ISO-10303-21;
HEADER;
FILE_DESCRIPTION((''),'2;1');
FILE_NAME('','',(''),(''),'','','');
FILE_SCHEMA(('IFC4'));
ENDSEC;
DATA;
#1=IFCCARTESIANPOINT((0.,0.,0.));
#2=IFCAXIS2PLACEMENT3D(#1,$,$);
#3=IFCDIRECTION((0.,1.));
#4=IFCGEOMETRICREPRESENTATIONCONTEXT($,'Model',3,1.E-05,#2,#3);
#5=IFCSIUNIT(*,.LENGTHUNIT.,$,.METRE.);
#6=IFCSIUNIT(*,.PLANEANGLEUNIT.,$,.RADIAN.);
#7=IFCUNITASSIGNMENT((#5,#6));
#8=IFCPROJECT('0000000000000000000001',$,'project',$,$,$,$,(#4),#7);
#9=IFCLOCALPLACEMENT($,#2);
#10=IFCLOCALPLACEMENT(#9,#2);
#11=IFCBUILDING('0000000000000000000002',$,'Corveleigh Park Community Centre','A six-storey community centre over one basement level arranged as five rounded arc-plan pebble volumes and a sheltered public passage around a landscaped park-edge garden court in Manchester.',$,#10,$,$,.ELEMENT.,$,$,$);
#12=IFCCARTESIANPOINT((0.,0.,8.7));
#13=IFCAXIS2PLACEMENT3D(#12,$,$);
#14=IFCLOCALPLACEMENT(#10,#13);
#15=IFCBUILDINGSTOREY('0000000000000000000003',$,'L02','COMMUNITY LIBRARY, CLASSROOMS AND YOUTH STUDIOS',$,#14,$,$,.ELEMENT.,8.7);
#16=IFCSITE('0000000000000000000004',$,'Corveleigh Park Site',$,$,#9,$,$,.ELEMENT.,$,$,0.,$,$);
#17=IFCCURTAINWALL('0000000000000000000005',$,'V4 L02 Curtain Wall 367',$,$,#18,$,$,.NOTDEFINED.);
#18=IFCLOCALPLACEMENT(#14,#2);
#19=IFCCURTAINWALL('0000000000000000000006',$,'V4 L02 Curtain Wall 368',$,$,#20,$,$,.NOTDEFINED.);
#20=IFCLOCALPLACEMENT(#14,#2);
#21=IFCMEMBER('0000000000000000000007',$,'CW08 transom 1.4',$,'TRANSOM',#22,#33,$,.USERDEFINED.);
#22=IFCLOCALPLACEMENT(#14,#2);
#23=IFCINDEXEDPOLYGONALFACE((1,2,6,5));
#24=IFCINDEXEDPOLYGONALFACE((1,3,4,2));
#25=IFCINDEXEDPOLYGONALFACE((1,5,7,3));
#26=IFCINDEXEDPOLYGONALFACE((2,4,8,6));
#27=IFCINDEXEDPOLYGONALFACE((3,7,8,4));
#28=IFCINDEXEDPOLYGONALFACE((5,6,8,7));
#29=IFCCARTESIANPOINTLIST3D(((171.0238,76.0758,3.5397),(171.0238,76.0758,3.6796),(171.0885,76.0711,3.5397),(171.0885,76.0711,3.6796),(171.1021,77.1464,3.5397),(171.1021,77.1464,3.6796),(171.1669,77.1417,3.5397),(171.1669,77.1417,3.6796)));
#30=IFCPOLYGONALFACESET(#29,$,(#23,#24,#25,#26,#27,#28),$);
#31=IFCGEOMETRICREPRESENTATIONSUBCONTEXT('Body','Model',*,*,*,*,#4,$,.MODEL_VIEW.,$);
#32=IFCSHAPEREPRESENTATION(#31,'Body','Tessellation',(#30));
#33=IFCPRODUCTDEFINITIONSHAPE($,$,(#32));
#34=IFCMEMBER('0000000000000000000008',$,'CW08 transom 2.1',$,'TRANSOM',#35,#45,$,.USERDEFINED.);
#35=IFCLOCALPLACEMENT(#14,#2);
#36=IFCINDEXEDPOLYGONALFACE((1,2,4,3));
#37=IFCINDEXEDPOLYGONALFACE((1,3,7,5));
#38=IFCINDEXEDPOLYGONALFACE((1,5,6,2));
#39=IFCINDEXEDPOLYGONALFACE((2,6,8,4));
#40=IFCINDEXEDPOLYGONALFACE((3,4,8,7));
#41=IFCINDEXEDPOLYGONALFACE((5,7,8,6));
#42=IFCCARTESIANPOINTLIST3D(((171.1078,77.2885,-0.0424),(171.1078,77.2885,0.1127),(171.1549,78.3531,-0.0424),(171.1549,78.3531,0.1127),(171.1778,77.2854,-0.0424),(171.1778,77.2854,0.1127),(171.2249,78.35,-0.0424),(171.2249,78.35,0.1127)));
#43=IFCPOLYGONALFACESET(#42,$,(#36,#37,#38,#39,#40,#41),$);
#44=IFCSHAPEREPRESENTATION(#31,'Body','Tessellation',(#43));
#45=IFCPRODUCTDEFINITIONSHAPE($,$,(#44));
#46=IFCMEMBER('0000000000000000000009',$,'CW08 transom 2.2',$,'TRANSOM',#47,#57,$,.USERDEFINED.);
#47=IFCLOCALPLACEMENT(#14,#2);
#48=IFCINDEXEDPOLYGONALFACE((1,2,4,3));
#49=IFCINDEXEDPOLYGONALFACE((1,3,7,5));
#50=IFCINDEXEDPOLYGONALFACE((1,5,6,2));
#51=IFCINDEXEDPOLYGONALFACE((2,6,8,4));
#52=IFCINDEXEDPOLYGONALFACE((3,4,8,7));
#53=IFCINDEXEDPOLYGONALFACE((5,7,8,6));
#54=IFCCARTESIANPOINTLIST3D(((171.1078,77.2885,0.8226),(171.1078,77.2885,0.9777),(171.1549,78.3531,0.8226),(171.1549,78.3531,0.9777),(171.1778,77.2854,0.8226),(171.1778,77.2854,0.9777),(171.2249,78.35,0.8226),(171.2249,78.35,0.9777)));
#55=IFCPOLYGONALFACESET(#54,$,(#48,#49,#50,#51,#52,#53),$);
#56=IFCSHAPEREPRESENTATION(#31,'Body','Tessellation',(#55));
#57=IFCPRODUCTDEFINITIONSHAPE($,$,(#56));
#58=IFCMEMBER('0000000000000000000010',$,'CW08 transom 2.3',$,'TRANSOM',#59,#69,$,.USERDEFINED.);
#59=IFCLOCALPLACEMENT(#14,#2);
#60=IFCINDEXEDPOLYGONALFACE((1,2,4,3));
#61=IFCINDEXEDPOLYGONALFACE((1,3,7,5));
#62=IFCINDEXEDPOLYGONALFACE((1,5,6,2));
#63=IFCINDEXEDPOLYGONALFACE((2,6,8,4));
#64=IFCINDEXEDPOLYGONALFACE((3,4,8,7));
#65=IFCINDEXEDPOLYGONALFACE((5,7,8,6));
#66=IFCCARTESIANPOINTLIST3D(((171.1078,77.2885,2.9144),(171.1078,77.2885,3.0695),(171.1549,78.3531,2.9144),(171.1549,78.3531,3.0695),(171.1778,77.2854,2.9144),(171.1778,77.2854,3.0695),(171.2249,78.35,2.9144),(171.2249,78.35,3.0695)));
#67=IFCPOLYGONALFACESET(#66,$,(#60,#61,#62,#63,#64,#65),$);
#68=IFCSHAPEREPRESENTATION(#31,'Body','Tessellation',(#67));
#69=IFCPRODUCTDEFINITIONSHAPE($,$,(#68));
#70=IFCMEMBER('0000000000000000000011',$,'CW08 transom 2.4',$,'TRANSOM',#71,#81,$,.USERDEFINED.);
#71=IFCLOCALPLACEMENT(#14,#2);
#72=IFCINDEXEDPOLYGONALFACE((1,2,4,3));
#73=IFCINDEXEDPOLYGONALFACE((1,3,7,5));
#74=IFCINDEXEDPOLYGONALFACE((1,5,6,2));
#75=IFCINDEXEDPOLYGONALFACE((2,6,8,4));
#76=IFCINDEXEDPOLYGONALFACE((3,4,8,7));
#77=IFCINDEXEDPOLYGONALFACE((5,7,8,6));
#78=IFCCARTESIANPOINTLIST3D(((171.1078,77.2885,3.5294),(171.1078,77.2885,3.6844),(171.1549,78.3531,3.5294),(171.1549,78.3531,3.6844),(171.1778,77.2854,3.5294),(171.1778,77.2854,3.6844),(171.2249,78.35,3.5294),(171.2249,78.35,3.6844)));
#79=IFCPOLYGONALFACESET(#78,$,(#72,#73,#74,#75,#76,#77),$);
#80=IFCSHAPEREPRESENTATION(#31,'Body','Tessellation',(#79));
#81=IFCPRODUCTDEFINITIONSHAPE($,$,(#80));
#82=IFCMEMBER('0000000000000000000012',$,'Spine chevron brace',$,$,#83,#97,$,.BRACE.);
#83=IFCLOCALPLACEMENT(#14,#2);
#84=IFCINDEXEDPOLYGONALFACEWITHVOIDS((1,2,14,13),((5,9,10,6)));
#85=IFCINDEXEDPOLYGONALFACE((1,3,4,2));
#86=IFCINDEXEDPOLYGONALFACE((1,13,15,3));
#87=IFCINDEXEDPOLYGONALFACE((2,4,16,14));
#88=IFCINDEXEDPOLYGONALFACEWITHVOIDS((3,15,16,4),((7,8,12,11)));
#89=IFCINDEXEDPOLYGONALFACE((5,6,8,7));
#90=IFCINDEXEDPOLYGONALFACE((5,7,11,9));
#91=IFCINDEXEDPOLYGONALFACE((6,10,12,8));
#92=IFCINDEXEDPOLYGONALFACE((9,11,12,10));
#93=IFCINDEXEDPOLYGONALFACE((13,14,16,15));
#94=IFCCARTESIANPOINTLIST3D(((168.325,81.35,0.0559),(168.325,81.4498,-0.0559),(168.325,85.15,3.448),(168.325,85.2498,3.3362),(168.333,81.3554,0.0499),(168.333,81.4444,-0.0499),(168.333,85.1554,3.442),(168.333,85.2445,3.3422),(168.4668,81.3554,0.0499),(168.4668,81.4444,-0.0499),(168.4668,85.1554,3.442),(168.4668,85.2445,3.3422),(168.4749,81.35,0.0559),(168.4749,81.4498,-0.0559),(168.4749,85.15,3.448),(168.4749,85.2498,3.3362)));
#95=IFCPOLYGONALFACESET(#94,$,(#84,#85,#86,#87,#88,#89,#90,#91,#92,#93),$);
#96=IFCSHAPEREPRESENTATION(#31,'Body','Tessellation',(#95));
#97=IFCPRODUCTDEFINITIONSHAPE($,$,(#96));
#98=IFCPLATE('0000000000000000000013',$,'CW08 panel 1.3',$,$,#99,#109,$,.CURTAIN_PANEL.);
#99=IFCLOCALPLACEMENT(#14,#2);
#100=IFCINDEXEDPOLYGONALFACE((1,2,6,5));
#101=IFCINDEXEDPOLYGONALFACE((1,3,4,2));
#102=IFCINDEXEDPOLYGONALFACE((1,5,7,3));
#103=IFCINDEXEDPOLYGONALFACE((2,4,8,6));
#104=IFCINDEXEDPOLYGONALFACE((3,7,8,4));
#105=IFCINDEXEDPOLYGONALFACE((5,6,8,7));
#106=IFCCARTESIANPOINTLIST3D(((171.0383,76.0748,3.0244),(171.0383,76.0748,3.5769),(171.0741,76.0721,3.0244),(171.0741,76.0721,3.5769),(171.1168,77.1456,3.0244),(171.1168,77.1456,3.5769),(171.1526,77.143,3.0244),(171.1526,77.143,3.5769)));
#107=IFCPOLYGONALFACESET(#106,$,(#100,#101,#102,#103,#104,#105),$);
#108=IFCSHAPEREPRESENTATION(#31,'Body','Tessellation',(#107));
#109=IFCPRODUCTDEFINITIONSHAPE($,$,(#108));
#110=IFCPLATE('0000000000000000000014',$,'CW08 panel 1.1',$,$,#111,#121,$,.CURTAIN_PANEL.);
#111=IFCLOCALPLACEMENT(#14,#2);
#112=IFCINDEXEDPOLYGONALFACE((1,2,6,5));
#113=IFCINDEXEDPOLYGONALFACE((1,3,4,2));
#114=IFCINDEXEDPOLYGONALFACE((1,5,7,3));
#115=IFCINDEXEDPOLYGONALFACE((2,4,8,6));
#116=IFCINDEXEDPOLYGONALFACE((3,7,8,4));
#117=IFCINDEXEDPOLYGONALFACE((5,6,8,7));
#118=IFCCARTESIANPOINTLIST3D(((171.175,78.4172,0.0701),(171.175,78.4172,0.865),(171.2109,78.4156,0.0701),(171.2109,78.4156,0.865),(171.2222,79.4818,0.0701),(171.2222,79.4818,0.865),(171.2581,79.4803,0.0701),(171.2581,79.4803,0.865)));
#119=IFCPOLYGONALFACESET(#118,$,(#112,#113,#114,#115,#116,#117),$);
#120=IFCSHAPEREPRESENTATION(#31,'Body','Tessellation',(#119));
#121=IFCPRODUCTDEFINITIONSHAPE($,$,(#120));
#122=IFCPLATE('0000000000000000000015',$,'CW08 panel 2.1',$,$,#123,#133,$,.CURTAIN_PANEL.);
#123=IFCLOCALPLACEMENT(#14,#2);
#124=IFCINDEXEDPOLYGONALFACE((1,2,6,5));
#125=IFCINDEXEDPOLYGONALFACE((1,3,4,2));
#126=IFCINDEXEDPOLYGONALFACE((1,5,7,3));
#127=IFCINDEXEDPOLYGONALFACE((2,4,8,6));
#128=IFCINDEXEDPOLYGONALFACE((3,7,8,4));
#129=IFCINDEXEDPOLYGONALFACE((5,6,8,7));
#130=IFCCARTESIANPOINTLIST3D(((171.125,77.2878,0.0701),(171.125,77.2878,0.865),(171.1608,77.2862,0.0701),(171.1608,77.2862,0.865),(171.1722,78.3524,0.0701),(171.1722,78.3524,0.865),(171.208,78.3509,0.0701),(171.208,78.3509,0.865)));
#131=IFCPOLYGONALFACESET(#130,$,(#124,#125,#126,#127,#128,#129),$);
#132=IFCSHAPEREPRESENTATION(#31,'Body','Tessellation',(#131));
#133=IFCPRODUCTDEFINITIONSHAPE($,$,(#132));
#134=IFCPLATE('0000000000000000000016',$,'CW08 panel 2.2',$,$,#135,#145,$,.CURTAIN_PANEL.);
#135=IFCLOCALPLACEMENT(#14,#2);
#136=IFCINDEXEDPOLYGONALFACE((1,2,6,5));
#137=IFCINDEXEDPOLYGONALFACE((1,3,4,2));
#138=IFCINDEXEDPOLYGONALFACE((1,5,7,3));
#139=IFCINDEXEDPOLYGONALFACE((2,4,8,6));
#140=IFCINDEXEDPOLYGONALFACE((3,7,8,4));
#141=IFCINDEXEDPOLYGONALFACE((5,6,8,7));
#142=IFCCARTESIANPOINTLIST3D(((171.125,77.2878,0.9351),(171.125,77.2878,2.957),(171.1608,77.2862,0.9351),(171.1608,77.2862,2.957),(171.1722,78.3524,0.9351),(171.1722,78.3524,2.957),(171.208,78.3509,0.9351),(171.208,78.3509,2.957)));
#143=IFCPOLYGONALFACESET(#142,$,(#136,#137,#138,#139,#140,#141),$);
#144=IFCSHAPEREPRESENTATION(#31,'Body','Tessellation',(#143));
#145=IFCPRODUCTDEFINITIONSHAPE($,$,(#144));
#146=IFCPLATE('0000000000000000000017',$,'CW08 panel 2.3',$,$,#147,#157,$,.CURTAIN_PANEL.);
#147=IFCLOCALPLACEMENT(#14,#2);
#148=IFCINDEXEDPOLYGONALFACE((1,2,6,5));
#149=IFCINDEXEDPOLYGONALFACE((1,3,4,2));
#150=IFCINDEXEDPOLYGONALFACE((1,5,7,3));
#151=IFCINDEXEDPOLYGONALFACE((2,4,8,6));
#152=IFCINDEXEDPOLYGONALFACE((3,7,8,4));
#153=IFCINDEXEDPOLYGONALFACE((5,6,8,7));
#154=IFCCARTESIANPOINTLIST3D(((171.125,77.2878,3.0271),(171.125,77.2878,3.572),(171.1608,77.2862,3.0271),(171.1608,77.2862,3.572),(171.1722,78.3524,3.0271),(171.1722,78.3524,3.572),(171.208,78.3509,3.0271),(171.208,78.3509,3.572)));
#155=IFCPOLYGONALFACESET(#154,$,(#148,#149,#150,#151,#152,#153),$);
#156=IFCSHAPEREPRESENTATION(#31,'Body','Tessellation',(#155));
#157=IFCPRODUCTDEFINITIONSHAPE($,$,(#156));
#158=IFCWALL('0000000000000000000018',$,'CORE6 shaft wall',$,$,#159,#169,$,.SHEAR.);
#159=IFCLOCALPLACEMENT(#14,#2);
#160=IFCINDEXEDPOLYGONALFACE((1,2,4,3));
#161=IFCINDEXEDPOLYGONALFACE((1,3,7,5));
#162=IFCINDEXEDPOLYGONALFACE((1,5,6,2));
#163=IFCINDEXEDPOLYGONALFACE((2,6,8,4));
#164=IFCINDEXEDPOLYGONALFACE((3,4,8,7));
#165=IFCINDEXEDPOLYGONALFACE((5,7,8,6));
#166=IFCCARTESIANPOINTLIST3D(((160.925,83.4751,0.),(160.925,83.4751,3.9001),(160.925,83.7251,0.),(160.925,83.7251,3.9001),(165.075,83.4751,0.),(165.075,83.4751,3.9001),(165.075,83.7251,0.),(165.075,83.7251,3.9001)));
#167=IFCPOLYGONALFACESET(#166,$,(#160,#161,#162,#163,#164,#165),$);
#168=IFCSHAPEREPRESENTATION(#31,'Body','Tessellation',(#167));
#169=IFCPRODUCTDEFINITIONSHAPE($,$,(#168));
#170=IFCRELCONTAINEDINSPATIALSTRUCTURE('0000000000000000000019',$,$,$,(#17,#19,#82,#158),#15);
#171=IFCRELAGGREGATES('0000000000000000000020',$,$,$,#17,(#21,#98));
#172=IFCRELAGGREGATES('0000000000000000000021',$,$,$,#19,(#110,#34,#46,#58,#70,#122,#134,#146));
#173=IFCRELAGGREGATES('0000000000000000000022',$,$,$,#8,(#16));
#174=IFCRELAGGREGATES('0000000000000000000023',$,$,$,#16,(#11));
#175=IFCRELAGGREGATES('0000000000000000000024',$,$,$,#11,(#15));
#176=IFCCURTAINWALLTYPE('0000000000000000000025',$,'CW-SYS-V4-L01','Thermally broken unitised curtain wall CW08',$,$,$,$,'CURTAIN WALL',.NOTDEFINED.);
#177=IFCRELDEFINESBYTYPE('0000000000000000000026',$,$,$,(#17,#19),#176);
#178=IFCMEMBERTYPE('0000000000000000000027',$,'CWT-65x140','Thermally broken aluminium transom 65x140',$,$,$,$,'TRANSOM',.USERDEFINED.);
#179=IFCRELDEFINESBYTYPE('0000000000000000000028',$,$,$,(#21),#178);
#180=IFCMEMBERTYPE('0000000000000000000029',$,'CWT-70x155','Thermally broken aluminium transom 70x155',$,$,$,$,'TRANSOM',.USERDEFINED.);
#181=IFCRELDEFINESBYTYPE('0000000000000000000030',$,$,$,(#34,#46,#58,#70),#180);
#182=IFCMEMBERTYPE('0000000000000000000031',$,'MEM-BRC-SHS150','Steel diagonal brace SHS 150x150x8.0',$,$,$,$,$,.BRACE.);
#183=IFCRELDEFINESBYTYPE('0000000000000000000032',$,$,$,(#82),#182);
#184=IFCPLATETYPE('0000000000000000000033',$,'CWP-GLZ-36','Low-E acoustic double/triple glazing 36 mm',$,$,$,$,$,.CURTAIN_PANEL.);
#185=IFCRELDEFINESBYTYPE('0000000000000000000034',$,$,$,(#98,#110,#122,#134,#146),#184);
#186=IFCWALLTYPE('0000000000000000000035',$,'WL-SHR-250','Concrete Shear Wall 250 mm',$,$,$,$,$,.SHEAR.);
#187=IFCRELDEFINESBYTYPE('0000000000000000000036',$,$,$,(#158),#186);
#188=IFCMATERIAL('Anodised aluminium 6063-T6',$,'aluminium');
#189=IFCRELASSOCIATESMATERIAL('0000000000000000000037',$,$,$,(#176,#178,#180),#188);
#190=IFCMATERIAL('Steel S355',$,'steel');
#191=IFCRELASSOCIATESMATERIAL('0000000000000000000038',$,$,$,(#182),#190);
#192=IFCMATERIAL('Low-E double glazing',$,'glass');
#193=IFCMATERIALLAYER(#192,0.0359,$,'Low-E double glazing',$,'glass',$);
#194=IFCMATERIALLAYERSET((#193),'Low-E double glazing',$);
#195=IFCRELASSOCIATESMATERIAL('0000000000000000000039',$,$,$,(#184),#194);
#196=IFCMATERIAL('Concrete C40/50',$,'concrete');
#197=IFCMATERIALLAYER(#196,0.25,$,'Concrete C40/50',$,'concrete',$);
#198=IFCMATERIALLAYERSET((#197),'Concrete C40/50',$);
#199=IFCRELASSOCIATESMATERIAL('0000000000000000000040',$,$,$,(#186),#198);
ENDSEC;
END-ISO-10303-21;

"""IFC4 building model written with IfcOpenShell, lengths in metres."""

from ifc_helpers import new_model, si_unit, direction, frame, frame_2d, origin, origin_2d, place, context, subcontext, project, spatial, rectangle, hollow_rectangle, extrude, material, layer, layer_set, material_profile, profile_set, type_object, element, aggregate, save


model = new_model("IFC4")

# Units and contexts
model_context = context("Model", 3, precision=1e-05, world=origin(), true_north=direction((0.0, 1.0)))
body_context = subcontext(model_context, "Body", "Model", "MODEL_VIEW")
ifc_project = project(units=[si_unit("LENGTHUNIT", "METRE"), si_unit("PLANEANGLEUNIT", "RADIAN")], contexts=[model_context])

# Site, building, storey
site_placement = place(None, origin())
site = spatial("IfcSite", under=ifc_project, at=site_placement, Name="Corveleigh Park Site", CompositionType="ELEMENT", RefElevation=0.0)
building_placement = place(site_placement, origin())
building = spatial("IfcBuilding", under=site, at=building_placement, Name="Corveleigh Park Community Centre", Description="A six-storey community centre over one basement level arranged as five rounded arc-plan pebble volumes and a sheltered public passage around a landscaped park-edge garden court in Manchester.", CompositionType="ELEMENT")
storey_placement = place(building_placement, frame((0.0, 0.0, 8.7)))
storey = spatial("IfcBuildingStorey", under=building, at=storey_placement, Name="L02", Description="COMMUNITY LIBRARY, CLASSROOMS AND YOUTH STUDIOS", CompositionType="ELEMENT", Elevation=8.7)

# Shared definitions
ifc_material_1 = material(Name="Concrete C40/50", Category="concrete")
ifc_material_2 = material(Name="Steel S355", Category="steel")

# Curtain wall
ifc_material_3 = material(Name="Anodised aluminium 6063-T6", Category="aluminium")
curtain_wall_type = type_object("IfcCurtainWallType", Name="CW-SYS-V4-L01", Description="Thermally broken unitised curtain wall CW08", ElementType="CURTAIN WALL", PredefinedType="NOTDEFINED", material=ifc_material_3)
curtain_wall_1_placement = place(storey_placement, origin())
curtain_wall_1 = element("IfcCurtainWall", 1, at=curtain_wall_1_placement, inside=storey, type_object=curtain_wall_type, Name="V4 L02 Curtain Wall 367", PredefinedType="NOTDEFINED")

# Curtain wall
curtain_wall_2_placement = place(storey_placement, origin())
curtain_wall_2 = element("IfcCurtainWall", 2, at=curtain_wall_2_placement, inside=storey, type_object=curtain_wall_type, Name="V4 L02 Curtain Wall 368", PredefinedType="NOTDEFINED")

# Members
ifc_material_profile_1 = material_profile(ifc_material_3, rectangle(XDim=0.0649, YDim=0.1399, at=origin_2d()), Name="ALU-T65x140", Category="aluminium")
ifc_profile_set_1 = profile_set([ifc_material_profile_1], Name="Anodised aluminium 6063-T6")
member_type_1 = type_object("IfcMemberType", Name="CWT-65x140", Description="Thermally broken aluminium transom 65x140", ElementType="TRANSOM", PredefinedType="USERDEFINED", material=ifc_profile_set_1)
member_1_placement = place(storey_placement, frame((171.1345, 77.144, 3.6096), z_axis=(-0.073009, -0.997331, 0.0), x_axis=(0.997331, -0.073009, 0.0)))
member_1 = element("IfcMember", 3, at=member_1_placement, type_object=member_type_1, Name="CW08 transom 1.4", ObjectType="TRANSOM", PredefinedType="USERDEFINED", context=body_context, shape_type="SweptSolid", body=[
    extrude(rectangle(XDim=0.0649, YDim=0.1399, at=origin_2d()), origin(), (0.0, 0.0, 1.0), 1.0735),
])
ifc_material_profile_2 = material_profile(ifc_material_3, rectangle(XDim=0.0701, YDim=0.155, at=origin_2d()), Name="ALU-T70x155", Category="aluminium")
ifc_profile_set_2 = profile_set([ifc_material_profile_2], Name="Anodised aluminium 6063-T6")
member_type_2 = type_object("IfcMemberType", Name="CWT-70x155", Description="Thermally broken aluminium transom 70x155", ElementType="TRANSOM", PredefinedType="USERDEFINED", material=ifc_profile_set_2)
member_2_placement = place(storey_placement, frame((171.1899, 78.3516, 0.0352), z_axis=(-0.044213, -0.999022, 0.0), x_axis=(0.999022, -0.044213, 0.0)))
member_2 = element("IfcMember", 4, at=member_2_placement, type_object=member_type_2, Name="CW08 transom 2.1", ObjectType="TRANSOM", PredefinedType="USERDEFINED", context=body_context, shape_type="SweptSolid", body=[
    extrude(rectangle(XDim=0.0701, YDim=0.155, at=origin_2d()), origin(), (0.0, 0.0, 1.0), 1.0657),
])
member_3_placement = place(storey_placement, frame((171.1899, 78.3516, 0.9001), z_axis=(-0.044213, -0.999022, 0.0), x_axis=(0.999022, -0.044213, 0.0)))
member_3 = element("IfcMember", 5, at=member_3_placement, type_object=member_type_2, Name="CW08 transom 2.2", ObjectType="TRANSOM", PredefinedType="USERDEFINED", context=body_context, shape_type="SweptSolid", body=[
    extrude(rectangle(XDim=0.0701, YDim=0.155, at=origin_2d()), origin(), (0.0, 0.0, 1.0), 1.0657),
])
member_4_placement = place(storey_placement, frame((171.1899, 78.3516, 2.9919), z_axis=(-0.044213, -0.999022, 0.0), x_axis=(0.999022, -0.044213, 0.0)))
member_4 = element("IfcMember", 6, at=member_4_placement, type_object=member_type_2, Name="CW08 transom 2.3", ObjectType="TRANSOM", PredefinedType="USERDEFINED", context=body_context, shape_type="SweptSolid", body=[
    extrude(rectangle(XDim=0.0701, YDim=0.155, at=origin_2d()), origin(), (0.0, 0.0, 1.0), 1.0657),
])
member_5_placement = place(storey_placement, frame((171.1899, 78.3516, 3.6069), z_axis=(-0.044213, -0.999022, 0.0), x_axis=(0.999022, -0.044213, 0.0)))
member_5 = element("IfcMember", 7, at=member_5_placement, type_object=member_type_2, Name="CW08 transom 2.4", ObjectType="TRANSOM", PredefinedType="USERDEFINED", context=body_context, shape_type="SweptSolid", body=[
    extrude(rectangle(XDim=0.0701, YDim=0.155, at=origin_2d()), origin(), (0.0, 0.0, 1.0), 1.0657),
])
ifc_material_profile_3 = material_profile(ifc_material_2, hollow_rectangle(XDim=0.1499, YDim=0.1499, WallThickness=0.0081, at=origin_2d()), Name="SHS 150x150x8.0", Category="steel")
ifc_profile_set_3 = profile_set([ifc_material_profile_3], Name="Steel S355")
member_type_3 = type_object("IfcMemberType", Name="MEM-BRC-SHS150", Description="Steel diagonal brace SHS 150x150x8.0", PredefinedType="BRACE", material=ifc_profile_set_3)
member_6_placement = place(storey_placement, frame((168.3999, 81.3999, 0.0), z_axis=(0.0, 0.746017, 0.665927), x_axis=(-1.0, 0.0, 0.0)))
element("IfcMember", 8, at=member_6_placement, inside=storey, type_object=member_type_3, Name="Spine chevron brace", PredefinedType="BRACE", context=body_context, shape_type="SweptSolid", body=[
    extrude(hollow_rectangle(XDim=0.1499, YDim=0.1499, WallThickness=0.0081, at=origin_2d()), origin(), (0.0, 0.0, 1.0), 5.0938),
])

# Plates
ifc_material_4 = material(Name="Low-E double glazing", Category="glass")
ifc_layer_1 = layer(ifc_material_4, 0.0359, Name="Low-E double glazing", Category="glass")
ifc_layer_set_1 = layer_set([ifc_layer_1], Name="Low-E double glazing")
plate_type = type_object("IfcPlateType", Name="CWP-GLZ-36", Description="Low-E acoustic double/triple glazing 36 mm", PredefinedType="CURTAIN_PANEL", material=ifc_layer_set_1)
plate_1_placement = place(storey_placement, frame((171.0955, 76.6089, 3.0244), z_axis=(0.0, 0.0, 1.0), x_axis=(-0.073049, -0.997328, 0.0)))
plate_1 = element("IfcPlate", 9, at=plate_1_placement, type_object=plate_type, Name="CW08 panel 1.3", PredefinedType="CURTAIN_PANEL", context=body_context, shape_type="SweptSolid", body=[
    extrude(rectangle(XDim=1.0737, YDim=0.0359, at=origin_2d()), origin(), (0.0, 0.0, 1.0), 0.5525),
])
aggregate(curtain_wall_1, [member_1, plate_1])
plate_2_placement = place(storey_placement, frame((171.2166, 78.9487, 0.0701), z_axis=(0.0, 0.0, 1.0), x_axis=(-0.044277, -0.999019, 0.0)))
plate_2 = element("IfcPlate", 10, at=plate_2_placement, type_object=plate_type, Name="CW08 panel 1.1", PredefinedType="CURTAIN_PANEL", context=body_context, shape_type="SweptSolid", body=[
    extrude(rectangle(XDim=1.0657, YDim=0.0359, at=origin_2d()), origin(), (0.0, 0.0, 1.0), 0.7949),
])
plate_3_placement = place(storey_placement, frame((171.1665, 77.8193, 0.0701), z_axis=(0.0, 0.0, 1.0), x_axis=(-0.044277, -0.999019, 0.0)))
plate_3 = element("IfcPlate", 11, at=plate_3_placement, type_object=plate_type, Name="CW08 panel 2.1", PredefinedType="CURTAIN_PANEL", context=body_context, shape_type="SweptSolid", body=[
    extrude(rectangle(XDim=1.0657, YDim=0.0359, at=origin_2d()), origin(), (0.0, 0.0, 1.0), 0.7949),
])
plate_4_placement = place(storey_placement, frame((171.1665, 77.8193, 0.9351), z_axis=(0.0, 0.0, 1.0), x_axis=(-0.044277, -0.999019, 0.0)))
plate_4 = element("IfcPlate", 12, at=plate_4_placement, type_object=plate_type, Name="CW08 panel 2.2", PredefinedType="CURTAIN_PANEL", context=body_context, shape_type="SweptSolid", body=[
    extrude(rectangle(XDim=1.0657, YDim=0.0359, at=origin_2d()), origin(), (0.0, 0.0, 1.0), 2.022),
])
plate_5_placement = place(storey_placement, frame((171.1665, 77.8193, 3.0271), z_axis=(0.0, 0.0, 1.0), x_axis=(-0.044277, -0.999019, 0.0)))
plate_5 = element("IfcPlate", 13, at=plate_5_placement, type_object=plate_type, Name="CW08 panel 2.3", PredefinedType="CURTAIN_PANEL", context=body_context, shape_type="SweptSolid", body=[
    extrude(rectangle(XDim=1.0657, YDim=0.0359, at=origin_2d()), origin(), (0.0, 0.0, 1.0), 0.5449),
])
aggregate(curtain_wall_2, [plate_2, member_2, member_3, member_4, member_5, plate_3, plate_4, plate_5])

# Wall
ifc_layer_2 = layer(ifc_material_1, 0.25, Name="Concrete C40/50", Category="concrete")
ifc_layer_set_2 = layer_set([ifc_layer_2], Name="Concrete C40/50")
wall_type = type_object("IfcWallType", Name="WL-SHR-250", Description="Concrete Shear Wall 250 mm", PredefinedType="SHEAR", material=ifc_layer_set_2)
wall_placement = place(storey_placement, frame((160.925, 83.6001, 0.0), z_axis=(0.0, 0.0, 1.0), x_axis=(1.0, 0.0, 0.0)))
element("IfcWall", 14, at=wall_placement, inside=storey, type_object=wall_type, Name="CORE6 shaft wall", PredefinedType="SHEAR", context=body_context, shape_type="SweptSolid", body=[
    extrude(rectangle(XDim=4.1499, YDim=0.25, at=frame_2d((2.075, 0.0))), origin(), (0.0, 0.0, 1.0), 3.9001),
])

save(model, "model.ifc")
